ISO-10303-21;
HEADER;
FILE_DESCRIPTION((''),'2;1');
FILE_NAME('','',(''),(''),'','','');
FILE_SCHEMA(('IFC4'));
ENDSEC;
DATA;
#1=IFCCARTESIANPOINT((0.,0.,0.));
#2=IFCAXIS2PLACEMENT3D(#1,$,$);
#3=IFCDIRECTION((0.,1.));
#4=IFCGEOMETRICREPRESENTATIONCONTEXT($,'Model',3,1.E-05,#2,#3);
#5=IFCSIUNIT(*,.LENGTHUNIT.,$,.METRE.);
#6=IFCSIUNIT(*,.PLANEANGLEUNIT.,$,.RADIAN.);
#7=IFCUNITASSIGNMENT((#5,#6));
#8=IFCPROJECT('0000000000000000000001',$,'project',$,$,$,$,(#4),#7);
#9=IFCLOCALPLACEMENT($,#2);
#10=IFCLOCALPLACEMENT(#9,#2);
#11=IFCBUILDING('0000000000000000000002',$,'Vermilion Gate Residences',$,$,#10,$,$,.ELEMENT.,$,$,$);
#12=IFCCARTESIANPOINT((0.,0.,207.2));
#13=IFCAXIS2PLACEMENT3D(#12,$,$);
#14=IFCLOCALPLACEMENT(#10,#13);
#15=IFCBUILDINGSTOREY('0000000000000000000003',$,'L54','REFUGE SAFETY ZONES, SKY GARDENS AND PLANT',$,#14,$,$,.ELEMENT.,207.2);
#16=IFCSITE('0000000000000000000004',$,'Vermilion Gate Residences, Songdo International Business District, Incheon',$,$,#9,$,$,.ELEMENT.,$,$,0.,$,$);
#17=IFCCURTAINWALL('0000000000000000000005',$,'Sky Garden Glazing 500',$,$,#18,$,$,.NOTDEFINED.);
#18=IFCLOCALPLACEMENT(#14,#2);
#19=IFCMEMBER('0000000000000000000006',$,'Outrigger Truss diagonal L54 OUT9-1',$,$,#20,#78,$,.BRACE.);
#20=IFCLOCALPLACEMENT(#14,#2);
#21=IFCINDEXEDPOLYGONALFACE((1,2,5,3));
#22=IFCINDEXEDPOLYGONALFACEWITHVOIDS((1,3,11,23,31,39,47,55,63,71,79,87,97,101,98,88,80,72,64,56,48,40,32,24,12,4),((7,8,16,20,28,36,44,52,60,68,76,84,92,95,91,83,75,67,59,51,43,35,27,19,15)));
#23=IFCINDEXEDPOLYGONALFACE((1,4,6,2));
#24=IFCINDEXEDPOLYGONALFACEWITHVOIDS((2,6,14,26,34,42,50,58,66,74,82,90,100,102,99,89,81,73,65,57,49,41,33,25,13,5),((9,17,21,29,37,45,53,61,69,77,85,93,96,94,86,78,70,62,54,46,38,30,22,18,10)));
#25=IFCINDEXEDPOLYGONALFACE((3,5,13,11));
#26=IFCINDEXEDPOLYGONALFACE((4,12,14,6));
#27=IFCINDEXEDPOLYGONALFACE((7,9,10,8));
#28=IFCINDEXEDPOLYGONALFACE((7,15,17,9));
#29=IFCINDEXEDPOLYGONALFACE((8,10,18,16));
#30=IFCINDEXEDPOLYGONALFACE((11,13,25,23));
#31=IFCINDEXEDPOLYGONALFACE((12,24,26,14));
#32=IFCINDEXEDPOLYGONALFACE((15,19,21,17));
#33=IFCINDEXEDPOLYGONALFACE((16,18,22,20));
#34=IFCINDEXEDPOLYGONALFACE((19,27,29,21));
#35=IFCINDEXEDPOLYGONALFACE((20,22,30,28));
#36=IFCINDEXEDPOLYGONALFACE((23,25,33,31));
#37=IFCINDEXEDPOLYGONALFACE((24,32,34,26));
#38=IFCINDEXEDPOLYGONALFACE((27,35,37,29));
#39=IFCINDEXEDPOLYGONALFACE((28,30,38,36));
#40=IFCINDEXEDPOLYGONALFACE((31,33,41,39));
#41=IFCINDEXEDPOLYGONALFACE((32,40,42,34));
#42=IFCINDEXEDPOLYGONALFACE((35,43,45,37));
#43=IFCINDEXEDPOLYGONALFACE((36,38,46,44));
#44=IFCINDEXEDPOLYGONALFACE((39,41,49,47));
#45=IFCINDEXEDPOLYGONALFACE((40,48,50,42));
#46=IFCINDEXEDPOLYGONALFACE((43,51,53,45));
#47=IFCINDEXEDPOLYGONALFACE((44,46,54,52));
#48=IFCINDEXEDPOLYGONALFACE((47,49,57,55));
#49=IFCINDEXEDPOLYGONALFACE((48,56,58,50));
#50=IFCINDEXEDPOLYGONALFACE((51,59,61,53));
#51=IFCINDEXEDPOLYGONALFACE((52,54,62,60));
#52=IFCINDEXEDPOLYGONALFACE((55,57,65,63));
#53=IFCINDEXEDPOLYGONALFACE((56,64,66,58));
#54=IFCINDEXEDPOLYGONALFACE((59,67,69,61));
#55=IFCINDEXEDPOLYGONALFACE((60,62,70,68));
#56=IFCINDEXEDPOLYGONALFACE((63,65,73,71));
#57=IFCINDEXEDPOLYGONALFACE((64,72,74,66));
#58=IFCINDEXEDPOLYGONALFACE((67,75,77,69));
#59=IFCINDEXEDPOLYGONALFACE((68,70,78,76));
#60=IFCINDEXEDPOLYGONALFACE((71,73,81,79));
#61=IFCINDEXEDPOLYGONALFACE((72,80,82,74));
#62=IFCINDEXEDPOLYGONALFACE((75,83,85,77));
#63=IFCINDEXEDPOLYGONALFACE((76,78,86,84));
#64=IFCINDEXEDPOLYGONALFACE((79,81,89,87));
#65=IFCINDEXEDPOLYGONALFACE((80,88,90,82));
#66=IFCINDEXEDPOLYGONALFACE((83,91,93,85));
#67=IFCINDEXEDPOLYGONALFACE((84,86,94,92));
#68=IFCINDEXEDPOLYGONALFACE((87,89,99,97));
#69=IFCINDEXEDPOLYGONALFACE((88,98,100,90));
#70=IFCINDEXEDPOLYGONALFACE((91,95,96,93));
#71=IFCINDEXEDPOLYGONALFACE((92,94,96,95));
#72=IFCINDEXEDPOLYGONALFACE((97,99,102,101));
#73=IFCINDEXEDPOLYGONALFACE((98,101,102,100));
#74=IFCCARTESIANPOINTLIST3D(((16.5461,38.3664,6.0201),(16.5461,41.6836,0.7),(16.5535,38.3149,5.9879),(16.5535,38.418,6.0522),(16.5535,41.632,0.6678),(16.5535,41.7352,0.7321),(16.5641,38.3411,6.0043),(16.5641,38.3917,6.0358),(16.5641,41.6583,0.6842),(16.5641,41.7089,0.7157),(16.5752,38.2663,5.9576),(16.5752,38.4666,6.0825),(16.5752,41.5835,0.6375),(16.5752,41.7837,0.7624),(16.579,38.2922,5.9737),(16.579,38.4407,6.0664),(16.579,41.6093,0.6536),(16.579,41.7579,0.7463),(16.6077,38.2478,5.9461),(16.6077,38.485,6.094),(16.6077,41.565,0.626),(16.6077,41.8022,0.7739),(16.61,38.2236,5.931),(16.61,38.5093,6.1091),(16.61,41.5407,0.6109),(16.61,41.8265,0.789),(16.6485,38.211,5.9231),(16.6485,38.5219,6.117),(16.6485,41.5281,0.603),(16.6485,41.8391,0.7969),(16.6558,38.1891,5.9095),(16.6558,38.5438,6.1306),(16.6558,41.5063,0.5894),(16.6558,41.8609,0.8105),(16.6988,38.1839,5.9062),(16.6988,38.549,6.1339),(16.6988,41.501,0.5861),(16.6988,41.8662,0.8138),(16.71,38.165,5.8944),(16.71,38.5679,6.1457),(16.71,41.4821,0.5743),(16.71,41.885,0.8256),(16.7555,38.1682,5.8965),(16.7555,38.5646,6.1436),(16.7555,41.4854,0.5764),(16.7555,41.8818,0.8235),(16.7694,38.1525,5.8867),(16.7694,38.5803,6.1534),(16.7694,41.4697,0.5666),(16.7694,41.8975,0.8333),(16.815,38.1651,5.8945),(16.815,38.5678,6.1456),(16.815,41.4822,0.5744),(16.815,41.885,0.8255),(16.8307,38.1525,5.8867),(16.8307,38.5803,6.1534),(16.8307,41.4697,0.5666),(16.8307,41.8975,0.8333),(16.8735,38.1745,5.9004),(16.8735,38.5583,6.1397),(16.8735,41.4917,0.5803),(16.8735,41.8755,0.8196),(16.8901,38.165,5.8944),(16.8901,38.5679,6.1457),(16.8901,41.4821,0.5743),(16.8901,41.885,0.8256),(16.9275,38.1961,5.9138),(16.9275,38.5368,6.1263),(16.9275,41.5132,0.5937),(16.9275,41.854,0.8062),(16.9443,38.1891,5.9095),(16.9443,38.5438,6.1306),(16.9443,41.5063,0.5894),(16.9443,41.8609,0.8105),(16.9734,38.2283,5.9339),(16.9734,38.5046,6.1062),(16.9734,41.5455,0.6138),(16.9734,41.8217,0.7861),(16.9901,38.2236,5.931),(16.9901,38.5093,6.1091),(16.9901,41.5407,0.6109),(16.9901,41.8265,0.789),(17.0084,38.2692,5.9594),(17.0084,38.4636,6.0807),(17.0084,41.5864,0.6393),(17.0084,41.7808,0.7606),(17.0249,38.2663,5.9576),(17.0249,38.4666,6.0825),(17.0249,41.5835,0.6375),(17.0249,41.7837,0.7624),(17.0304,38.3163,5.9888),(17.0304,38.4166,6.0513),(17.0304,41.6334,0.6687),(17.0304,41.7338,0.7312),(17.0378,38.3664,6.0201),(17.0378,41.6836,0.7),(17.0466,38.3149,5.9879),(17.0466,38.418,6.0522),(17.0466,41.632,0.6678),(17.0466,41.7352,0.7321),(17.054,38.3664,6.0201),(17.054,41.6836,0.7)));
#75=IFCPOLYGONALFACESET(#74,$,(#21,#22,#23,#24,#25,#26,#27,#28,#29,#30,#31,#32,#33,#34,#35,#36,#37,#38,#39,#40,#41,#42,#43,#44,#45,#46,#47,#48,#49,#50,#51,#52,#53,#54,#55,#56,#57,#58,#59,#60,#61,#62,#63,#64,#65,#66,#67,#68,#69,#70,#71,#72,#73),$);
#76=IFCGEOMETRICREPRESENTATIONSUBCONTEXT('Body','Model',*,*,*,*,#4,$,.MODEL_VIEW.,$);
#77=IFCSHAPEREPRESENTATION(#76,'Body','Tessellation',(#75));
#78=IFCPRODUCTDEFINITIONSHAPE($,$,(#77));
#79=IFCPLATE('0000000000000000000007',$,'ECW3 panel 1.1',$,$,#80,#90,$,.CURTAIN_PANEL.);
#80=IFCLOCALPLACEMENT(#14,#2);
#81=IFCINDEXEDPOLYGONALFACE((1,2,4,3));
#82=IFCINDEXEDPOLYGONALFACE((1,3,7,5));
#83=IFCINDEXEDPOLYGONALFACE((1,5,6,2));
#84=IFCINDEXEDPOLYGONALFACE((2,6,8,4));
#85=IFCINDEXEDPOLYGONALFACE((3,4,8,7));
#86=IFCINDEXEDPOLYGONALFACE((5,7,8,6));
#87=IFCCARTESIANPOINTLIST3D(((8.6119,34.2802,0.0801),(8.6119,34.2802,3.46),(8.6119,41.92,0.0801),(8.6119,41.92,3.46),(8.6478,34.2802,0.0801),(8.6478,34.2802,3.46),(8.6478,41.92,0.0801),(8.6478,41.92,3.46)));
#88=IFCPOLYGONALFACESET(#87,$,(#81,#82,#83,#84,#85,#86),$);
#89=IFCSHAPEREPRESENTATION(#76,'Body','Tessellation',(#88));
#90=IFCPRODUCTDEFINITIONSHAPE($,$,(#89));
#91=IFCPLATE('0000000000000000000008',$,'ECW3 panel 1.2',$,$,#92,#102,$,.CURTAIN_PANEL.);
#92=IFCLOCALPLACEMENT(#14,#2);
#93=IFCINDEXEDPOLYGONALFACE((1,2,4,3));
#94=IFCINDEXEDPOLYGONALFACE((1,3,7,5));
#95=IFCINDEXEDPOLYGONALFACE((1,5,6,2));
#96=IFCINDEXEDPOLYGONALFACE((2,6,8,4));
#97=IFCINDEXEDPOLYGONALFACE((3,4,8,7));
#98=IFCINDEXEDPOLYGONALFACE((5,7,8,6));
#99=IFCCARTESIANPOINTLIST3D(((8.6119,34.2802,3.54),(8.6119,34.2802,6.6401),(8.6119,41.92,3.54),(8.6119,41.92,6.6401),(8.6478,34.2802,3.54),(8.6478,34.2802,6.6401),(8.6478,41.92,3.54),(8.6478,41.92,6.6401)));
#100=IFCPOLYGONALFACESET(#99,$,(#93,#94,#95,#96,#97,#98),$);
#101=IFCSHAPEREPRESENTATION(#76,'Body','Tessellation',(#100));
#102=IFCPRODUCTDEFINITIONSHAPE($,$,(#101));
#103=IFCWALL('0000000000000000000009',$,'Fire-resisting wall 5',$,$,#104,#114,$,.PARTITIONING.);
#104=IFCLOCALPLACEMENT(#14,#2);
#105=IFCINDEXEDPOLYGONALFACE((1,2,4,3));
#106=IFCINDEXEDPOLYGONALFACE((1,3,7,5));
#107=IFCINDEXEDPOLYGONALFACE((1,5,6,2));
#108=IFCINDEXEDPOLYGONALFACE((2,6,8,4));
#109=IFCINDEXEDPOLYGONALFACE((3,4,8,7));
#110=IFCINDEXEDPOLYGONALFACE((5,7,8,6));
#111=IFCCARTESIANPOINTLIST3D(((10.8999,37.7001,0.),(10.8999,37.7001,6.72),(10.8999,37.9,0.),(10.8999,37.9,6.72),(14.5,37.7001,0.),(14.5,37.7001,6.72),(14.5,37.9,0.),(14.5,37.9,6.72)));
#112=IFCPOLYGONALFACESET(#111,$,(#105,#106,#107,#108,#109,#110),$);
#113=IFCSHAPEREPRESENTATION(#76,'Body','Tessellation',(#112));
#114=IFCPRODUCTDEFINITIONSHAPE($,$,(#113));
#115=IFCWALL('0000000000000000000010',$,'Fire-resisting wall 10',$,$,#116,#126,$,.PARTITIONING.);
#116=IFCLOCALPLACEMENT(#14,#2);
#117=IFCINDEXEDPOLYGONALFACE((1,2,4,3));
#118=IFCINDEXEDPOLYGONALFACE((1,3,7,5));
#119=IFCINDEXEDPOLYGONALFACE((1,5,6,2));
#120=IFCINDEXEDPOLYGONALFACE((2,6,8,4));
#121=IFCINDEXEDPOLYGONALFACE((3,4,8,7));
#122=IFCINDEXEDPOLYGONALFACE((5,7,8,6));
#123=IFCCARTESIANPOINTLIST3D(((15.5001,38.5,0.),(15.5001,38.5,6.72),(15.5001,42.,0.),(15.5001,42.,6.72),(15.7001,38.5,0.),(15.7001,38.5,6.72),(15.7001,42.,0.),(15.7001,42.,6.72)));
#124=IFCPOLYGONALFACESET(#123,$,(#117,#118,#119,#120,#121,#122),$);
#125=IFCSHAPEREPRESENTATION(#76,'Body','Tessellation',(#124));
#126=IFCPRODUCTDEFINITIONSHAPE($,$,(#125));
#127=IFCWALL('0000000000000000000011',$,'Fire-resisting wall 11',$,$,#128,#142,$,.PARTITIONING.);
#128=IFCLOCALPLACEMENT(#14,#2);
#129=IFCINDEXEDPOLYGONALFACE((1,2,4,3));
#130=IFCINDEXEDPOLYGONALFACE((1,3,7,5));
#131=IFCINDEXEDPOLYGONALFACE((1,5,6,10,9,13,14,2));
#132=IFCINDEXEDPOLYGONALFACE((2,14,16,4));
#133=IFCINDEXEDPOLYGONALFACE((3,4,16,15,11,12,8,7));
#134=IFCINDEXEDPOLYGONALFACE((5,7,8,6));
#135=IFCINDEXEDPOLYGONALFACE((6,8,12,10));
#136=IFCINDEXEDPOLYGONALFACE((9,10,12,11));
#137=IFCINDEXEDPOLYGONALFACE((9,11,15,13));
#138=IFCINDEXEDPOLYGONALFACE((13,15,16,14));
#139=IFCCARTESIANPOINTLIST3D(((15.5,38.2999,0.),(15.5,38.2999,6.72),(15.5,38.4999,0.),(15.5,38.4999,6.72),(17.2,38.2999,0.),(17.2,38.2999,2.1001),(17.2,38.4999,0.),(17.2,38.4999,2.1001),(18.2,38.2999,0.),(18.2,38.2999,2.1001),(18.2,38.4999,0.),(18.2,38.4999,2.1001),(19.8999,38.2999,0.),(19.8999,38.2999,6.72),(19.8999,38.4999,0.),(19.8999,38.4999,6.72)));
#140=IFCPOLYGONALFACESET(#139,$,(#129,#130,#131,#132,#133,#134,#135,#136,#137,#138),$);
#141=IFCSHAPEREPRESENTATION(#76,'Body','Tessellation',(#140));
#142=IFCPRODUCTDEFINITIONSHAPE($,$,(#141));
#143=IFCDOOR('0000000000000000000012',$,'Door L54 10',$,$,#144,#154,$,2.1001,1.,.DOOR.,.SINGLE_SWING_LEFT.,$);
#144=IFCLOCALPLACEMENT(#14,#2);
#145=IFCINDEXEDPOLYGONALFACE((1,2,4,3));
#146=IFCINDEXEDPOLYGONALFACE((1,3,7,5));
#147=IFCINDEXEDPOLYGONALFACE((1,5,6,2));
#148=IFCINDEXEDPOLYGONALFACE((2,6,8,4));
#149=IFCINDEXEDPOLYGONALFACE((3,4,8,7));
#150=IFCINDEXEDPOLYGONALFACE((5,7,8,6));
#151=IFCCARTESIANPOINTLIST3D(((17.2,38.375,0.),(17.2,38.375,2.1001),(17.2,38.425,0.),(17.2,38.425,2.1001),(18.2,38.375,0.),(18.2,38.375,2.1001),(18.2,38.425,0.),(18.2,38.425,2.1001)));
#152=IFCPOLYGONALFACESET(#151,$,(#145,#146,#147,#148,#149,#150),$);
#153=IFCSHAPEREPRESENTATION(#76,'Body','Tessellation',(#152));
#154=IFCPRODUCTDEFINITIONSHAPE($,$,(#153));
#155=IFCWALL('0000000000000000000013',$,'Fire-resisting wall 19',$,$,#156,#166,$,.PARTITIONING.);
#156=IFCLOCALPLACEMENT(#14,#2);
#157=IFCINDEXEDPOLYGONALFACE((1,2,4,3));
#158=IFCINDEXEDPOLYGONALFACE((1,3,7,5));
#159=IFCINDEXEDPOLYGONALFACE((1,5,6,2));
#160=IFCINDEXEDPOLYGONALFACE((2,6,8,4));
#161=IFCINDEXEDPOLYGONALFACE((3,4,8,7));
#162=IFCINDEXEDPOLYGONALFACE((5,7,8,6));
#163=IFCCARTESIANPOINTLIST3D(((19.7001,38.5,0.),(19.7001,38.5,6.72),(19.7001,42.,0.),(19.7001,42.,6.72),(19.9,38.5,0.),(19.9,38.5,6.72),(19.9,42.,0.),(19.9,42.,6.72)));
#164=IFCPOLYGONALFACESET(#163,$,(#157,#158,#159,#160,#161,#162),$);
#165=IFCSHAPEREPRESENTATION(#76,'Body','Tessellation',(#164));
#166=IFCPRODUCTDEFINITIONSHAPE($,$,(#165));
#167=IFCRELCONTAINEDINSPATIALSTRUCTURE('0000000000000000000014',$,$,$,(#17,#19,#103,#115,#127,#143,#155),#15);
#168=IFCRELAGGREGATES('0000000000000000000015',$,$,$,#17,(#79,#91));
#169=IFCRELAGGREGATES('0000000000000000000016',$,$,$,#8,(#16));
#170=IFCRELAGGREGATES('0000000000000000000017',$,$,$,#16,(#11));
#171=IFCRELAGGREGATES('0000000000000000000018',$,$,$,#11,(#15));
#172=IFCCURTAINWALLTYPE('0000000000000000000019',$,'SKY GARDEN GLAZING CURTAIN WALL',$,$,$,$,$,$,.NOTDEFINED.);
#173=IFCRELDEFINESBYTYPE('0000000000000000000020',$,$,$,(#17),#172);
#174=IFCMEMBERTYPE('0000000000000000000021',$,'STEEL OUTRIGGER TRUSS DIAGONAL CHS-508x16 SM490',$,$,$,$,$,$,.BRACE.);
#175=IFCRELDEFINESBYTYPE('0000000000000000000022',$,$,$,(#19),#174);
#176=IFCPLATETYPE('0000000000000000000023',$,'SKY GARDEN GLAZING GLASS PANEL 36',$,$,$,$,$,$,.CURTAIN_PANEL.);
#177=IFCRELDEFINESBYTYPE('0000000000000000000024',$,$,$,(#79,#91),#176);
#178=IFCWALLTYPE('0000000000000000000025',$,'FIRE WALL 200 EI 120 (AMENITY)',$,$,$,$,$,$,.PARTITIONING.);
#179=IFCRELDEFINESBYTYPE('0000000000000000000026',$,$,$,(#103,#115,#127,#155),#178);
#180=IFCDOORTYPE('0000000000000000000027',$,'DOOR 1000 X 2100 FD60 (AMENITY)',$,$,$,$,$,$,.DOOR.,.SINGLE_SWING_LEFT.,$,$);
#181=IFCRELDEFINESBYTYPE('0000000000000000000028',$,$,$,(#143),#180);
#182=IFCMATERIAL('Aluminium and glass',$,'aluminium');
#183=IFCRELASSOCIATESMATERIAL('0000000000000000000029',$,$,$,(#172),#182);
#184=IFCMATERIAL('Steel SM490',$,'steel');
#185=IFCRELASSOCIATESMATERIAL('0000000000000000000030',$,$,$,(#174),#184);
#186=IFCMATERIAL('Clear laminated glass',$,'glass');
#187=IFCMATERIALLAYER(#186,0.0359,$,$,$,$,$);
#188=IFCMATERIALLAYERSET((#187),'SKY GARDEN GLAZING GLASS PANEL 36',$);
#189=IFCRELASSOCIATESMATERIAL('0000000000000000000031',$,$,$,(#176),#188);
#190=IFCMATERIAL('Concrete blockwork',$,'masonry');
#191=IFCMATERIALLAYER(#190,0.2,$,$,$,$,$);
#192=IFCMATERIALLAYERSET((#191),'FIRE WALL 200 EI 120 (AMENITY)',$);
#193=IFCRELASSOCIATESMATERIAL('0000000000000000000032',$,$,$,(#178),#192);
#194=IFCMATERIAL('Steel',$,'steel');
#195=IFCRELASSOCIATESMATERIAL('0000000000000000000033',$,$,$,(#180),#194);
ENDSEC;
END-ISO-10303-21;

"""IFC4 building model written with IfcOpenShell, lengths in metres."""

from ifc_helpers import new_model, si_unit, direction, frame, frame_2d, origin, origin_2d, place, context, subcontext, project, spatial, rectangle, hollow_circle, extrude, material, layer, layer_set, material_profile, profile_set, type_object, element, fill, aggregate, save


model = new_model("IFC4")

# Units and contexts
model_context = context("Model", 3, precision=1e-05, world=origin(), true_north=direction((0.0, 1.0)))
body_context = subcontext(model_context, "Body", "Model", "MODEL_VIEW")
ifc_project = project(units=[si_unit("LENGTHUNIT", "METRE"), si_unit("PLANEANGLEUNIT", "RADIAN")], contexts=[model_context])

# Site, building, storey
site_placement = place(None, origin())
site = spatial("IfcSite", under=ifc_project, at=site_placement, Name="Vermilion Gate Residences, Songdo International Business District, Incheon", CompositionType="ELEMENT", RefElevation=0.0)
building_placement = place(site_placement, origin())
building = spatial("IfcBuilding", under=site, at=building_placement, Name="Vermilion Gate Residences", CompositionType="ELEMENT")
storey_placement = place(building_placement, frame((0.0, 0.0, 207.2)))
storey = spatial("IfcBuildingStorey", under=building, at=storey_placement, Name="L54", Description="REFUGE SAFETY ZONES, SKY GARDENS AND PLANT", CompositionType="ELEMENT", Elevation=207.2)

# Curtain wall
ifc_material_1 = material(Name="Aluminium and glass", Category="aluminium")
curtain_wall_type = type_object("IfcCurtainWallType", Name="SKY GARDEN GLAZING CURTAIN WALL", PredefinedType="NOTDEFINED", material=ifc_material_1)
curtain_wall_1_placement = place(storey_placement, origin())
curtain_wall_1 = element("IfcCurtainWall", 1, at=curtain_wall_1_placement, inside=storey, type_object=curtain_wall_type, Name="Sky Garden Glazing 500", PredefinedType="NOTDEFINED")

# Member
ifc_material_2 = material(Name="Steel SM490", Category="steel")
ifc_material_profile_1 = material_profile(ifc_material_2, hollow_circle(Radius=0.2539, WallThickness=0.0161, at=origin_2d()), Name="CHS-508x16")
ifc_profile_set_1 = profile_set([ifc_material_profile_1], Name="Steel SM490")
member_type_1 = type_object("IfcMemberType", Name="STEEL OUTRIGGER TRUSS DIAGONAL CHS-508x16 SM490", PredefinedType="BRACE", material=ifc_profile_set_1)
member_1_placement = place(storey_placement, frame((16.8, 41.6836, 0.7), z_axis=(0.0, -0.529092, 0.848564), x_axis=(1.0, 0.0, 0.0)))
element("IfcMember", 2, at=member_1_placement, inside=storey, type_object=member_type_1, Name="Outrigger Truss diagonal L54 OUT9-1", PredefinedType="BRACE", context=body_context, shape_type="SweptSolid", body=[
    extrude(hollow_circle(Radius=0.2539, WallThickness=0.0161, at=origin_2d()), origin(), (0.0, 0.0, 1.0), 6.2695),
])

# Plates
ifc_material_3 = material(Name="Clear laminated glass", Category="glass")
ifc_layer_1 = layer(ifc_material_3, 0.0359)
ifc_layer_set_1 = layer_set([ifc_layer_1], Name="SKY GARDEN GLAZING GLASS PANEL 36")
plate_type = type_object("IfcPlateType", Name="SKY GARDEN GLAZING GLASS PANEL 36", PredefinedType="CURTAIN_PANEL", material=ifc_layer_set_1)
plate_1_placement = place(storey_placement, frame((8.6299, 38.1001, 0.0801), z_axis=(0.0, 0.0, 1.0), x_axis=(0.0, -1.0, 0.0)))
plate_1 = element("IfcPlate", 3, at=plate_1_placement, type_object=plate_type, Name="ECW3 panel 1.1", PredefinedType="CURTAIN_PANEL", context=body_context, shape_type="SweptSolid", body=[
    extrude(rectangle(XDim=7.6399, YDim=0.0359, at=origin_2d()), origin(), (0.0, 0.0, 1.0), 3.3799),
])
plate_2_placement = place(storey_placement, frame((8.6299, 38.1001, 3.54), z_axis=(0.0, 0.0, 1.0), x_axis=(0.0, -1.0, 0.0)))
plate_2 = element("IfcPlate", 4, at=plate_2_placement, type_object=plate_type, Name="ECW3 panel 1.2", PredefinedType="CURTAIN_PANEL", context=body_context, shape_type="SweptSolid", body=[
    extrude(rectangle(XDim=7.6399, YDim=0.0359, at=origin_2d()), origin(), (0.0, 0.0, 1.0), 3.1001),
])
aggregate(curtain_wall_1, [plate_1, plate_2])

# Walls
ifc_material_4 = material(Name="Concrete blockwork", Category="masonry")
ifc_layer_2 = layer(ifc_material_4, 0.2)
ifc_layer_set_2 = layer_set([ifc_layer_2], Name="FIRE WALL 200 EI 120 (AMENITY)")
wall_type_1 = type_object("IfcWallType", Name="FIRE WALL 200 EI 120 (AMENITY)", PredefinedType="PARTITIONING", material=ifc_layer_set_2)
wall_1_placement = place(storey_placement, frame((10.8999, 37.8, 0.0), z_axis=(0.0, 0.0, 1.0), x_axis=(1.0, 0.0, 0.0)))
element("IfcWall", 5, at=wall_1_placement, inside=storey, type_object=wall_type_1, Name="Fire-resisting wall 5", PredefinedType="PARTITIONING", context=body_context, shape_type="SweptSolid", body=[
    extrude(rectangle(XDim=3.6001, YDim=0.2, at=frame_2d((1.8, 0.0))), origin(), (0.0, 0.0, 1.0), 6.72),
])
wall_2_placement = place(storey_placement, frame((15.6001, 38.5, 0.0), z_axis=(0.0, 0.0, 1.0), x_axis=(0.0, 1.0, 0.0)))
element("IfcWall", 6, at=wall_2_placement, inside=storey, type_object=wall_type_1, Name="Fire-resisting wall 10", PredefinedType="PARTITIONING", context=body_context, shape_type="SweptSolid", body=[
    extrude(rectangle(XDim=3.5, YDim=0.2, at=frame_2d((1.75, 0.0))), origin(), (0.0, 0.0, 1.0), 6.72),
])

# Wall, opening, door
wall_3_placement = place(storey_placement, frame((15.5, 38.3999, 0.0), z_axis=(0.0, 0.0, 1.0), x_axis=(1.0, 0.0, 0.0)))
wall_3 = element("IfcWall", 7, at=wall_3_placement, inside=storey, type_object=wall_type_1, Name="Fire-resisting wall 11", PredefinedType="PARTITIONING", context=body_context, shape_type="SweptSolid", body=[
    extrude(rectangle(XDim=4.3999, YDim=0.2, at=frame_2d((2.2, 0.0))), origin(), (0.0, 0.0, 1.0), 6.72),
])
opening_1_placement = place(wall_3_placement, frame((1.7, 0.0, 0.0)))
opening_1 = element("IfcOpeningElement", 8, at=opening_1_placement, cuts=wall_3, PredefinedType="OPENING", context=body_context, shape_type="SweptSolid", body=[
    extrude(rectangle(XDim=1.0, YDim=2.1001, at=frame_2d((0.5, 1.05))), frame((0.0, 0.1099, 0.0), z_axis=(0.0, -1.0, 0.0), x_axis=(1.0, 0.0, 0.0)), (0.0, 0.0, 1.0), 0.22),
])
ifc_material_5 = material(Name="Steel", Category="steel")
door_type_1 = type_object("IfcDoorType", Name="DOOR 1000 X 2100 FD60 (AMENITY)", OperationType="SINGLE_SWING_LEFT", PredefinedType="DOOR", material=ifc_material_5)
door_1_placement = place(opening_1_placement, frame((1.0, 0.0, 0.0), z_axis=(0.0, 0.0, 1.0), x_axis=(-1.0, 0.0, 0.0)))
door_1 = element("IfcDoor", 9, at=door_1_placement, inside=storey, type_object=door_type_1, Name="Door L54 10", OperationType="SINGLE_SWING_LEFT", OverallHeight=2.1001, OverallWidth=1.0, PredefinedType="DOOR", context=body_context, shape_type="SweptSolid", body=[
    extrude(rectangle(XDim=1.0, YDim=2.1001, at=frame_2d((0.5, 1.05))), frame((0.0, 0.0249, 0.0), z_axis=(0.0, -1.0, 0.0), x_axis=(1.0, 0.0, 0.0)), (0.0, 0.0, 1.0), 0.05),
])
fill(opening_1, door_1)

# Wall
wall_4_placement = place(storey_placement, frame((19.8, 38.5, 0.0), z_axis=(0.0, 0.0, 1.0), x_axis=(0.0, 1.0, 0.0)))
element("IfcWall", 10, at=wall_4_placement, inside=storey, type_object=wall_type_1, Name="Fire-resisting wall 19", PredefinedType="PARTITIONING", context=body_context, shape_type="SweptSolid", body=[
    extrude(rectangle(XDim=3.5, YDim=0.2, at=frame_2d((1.75, 0.0))), origin(), (0.0, 0.0, 1.0), 6.72),
])

save(model, "model.ifc")
